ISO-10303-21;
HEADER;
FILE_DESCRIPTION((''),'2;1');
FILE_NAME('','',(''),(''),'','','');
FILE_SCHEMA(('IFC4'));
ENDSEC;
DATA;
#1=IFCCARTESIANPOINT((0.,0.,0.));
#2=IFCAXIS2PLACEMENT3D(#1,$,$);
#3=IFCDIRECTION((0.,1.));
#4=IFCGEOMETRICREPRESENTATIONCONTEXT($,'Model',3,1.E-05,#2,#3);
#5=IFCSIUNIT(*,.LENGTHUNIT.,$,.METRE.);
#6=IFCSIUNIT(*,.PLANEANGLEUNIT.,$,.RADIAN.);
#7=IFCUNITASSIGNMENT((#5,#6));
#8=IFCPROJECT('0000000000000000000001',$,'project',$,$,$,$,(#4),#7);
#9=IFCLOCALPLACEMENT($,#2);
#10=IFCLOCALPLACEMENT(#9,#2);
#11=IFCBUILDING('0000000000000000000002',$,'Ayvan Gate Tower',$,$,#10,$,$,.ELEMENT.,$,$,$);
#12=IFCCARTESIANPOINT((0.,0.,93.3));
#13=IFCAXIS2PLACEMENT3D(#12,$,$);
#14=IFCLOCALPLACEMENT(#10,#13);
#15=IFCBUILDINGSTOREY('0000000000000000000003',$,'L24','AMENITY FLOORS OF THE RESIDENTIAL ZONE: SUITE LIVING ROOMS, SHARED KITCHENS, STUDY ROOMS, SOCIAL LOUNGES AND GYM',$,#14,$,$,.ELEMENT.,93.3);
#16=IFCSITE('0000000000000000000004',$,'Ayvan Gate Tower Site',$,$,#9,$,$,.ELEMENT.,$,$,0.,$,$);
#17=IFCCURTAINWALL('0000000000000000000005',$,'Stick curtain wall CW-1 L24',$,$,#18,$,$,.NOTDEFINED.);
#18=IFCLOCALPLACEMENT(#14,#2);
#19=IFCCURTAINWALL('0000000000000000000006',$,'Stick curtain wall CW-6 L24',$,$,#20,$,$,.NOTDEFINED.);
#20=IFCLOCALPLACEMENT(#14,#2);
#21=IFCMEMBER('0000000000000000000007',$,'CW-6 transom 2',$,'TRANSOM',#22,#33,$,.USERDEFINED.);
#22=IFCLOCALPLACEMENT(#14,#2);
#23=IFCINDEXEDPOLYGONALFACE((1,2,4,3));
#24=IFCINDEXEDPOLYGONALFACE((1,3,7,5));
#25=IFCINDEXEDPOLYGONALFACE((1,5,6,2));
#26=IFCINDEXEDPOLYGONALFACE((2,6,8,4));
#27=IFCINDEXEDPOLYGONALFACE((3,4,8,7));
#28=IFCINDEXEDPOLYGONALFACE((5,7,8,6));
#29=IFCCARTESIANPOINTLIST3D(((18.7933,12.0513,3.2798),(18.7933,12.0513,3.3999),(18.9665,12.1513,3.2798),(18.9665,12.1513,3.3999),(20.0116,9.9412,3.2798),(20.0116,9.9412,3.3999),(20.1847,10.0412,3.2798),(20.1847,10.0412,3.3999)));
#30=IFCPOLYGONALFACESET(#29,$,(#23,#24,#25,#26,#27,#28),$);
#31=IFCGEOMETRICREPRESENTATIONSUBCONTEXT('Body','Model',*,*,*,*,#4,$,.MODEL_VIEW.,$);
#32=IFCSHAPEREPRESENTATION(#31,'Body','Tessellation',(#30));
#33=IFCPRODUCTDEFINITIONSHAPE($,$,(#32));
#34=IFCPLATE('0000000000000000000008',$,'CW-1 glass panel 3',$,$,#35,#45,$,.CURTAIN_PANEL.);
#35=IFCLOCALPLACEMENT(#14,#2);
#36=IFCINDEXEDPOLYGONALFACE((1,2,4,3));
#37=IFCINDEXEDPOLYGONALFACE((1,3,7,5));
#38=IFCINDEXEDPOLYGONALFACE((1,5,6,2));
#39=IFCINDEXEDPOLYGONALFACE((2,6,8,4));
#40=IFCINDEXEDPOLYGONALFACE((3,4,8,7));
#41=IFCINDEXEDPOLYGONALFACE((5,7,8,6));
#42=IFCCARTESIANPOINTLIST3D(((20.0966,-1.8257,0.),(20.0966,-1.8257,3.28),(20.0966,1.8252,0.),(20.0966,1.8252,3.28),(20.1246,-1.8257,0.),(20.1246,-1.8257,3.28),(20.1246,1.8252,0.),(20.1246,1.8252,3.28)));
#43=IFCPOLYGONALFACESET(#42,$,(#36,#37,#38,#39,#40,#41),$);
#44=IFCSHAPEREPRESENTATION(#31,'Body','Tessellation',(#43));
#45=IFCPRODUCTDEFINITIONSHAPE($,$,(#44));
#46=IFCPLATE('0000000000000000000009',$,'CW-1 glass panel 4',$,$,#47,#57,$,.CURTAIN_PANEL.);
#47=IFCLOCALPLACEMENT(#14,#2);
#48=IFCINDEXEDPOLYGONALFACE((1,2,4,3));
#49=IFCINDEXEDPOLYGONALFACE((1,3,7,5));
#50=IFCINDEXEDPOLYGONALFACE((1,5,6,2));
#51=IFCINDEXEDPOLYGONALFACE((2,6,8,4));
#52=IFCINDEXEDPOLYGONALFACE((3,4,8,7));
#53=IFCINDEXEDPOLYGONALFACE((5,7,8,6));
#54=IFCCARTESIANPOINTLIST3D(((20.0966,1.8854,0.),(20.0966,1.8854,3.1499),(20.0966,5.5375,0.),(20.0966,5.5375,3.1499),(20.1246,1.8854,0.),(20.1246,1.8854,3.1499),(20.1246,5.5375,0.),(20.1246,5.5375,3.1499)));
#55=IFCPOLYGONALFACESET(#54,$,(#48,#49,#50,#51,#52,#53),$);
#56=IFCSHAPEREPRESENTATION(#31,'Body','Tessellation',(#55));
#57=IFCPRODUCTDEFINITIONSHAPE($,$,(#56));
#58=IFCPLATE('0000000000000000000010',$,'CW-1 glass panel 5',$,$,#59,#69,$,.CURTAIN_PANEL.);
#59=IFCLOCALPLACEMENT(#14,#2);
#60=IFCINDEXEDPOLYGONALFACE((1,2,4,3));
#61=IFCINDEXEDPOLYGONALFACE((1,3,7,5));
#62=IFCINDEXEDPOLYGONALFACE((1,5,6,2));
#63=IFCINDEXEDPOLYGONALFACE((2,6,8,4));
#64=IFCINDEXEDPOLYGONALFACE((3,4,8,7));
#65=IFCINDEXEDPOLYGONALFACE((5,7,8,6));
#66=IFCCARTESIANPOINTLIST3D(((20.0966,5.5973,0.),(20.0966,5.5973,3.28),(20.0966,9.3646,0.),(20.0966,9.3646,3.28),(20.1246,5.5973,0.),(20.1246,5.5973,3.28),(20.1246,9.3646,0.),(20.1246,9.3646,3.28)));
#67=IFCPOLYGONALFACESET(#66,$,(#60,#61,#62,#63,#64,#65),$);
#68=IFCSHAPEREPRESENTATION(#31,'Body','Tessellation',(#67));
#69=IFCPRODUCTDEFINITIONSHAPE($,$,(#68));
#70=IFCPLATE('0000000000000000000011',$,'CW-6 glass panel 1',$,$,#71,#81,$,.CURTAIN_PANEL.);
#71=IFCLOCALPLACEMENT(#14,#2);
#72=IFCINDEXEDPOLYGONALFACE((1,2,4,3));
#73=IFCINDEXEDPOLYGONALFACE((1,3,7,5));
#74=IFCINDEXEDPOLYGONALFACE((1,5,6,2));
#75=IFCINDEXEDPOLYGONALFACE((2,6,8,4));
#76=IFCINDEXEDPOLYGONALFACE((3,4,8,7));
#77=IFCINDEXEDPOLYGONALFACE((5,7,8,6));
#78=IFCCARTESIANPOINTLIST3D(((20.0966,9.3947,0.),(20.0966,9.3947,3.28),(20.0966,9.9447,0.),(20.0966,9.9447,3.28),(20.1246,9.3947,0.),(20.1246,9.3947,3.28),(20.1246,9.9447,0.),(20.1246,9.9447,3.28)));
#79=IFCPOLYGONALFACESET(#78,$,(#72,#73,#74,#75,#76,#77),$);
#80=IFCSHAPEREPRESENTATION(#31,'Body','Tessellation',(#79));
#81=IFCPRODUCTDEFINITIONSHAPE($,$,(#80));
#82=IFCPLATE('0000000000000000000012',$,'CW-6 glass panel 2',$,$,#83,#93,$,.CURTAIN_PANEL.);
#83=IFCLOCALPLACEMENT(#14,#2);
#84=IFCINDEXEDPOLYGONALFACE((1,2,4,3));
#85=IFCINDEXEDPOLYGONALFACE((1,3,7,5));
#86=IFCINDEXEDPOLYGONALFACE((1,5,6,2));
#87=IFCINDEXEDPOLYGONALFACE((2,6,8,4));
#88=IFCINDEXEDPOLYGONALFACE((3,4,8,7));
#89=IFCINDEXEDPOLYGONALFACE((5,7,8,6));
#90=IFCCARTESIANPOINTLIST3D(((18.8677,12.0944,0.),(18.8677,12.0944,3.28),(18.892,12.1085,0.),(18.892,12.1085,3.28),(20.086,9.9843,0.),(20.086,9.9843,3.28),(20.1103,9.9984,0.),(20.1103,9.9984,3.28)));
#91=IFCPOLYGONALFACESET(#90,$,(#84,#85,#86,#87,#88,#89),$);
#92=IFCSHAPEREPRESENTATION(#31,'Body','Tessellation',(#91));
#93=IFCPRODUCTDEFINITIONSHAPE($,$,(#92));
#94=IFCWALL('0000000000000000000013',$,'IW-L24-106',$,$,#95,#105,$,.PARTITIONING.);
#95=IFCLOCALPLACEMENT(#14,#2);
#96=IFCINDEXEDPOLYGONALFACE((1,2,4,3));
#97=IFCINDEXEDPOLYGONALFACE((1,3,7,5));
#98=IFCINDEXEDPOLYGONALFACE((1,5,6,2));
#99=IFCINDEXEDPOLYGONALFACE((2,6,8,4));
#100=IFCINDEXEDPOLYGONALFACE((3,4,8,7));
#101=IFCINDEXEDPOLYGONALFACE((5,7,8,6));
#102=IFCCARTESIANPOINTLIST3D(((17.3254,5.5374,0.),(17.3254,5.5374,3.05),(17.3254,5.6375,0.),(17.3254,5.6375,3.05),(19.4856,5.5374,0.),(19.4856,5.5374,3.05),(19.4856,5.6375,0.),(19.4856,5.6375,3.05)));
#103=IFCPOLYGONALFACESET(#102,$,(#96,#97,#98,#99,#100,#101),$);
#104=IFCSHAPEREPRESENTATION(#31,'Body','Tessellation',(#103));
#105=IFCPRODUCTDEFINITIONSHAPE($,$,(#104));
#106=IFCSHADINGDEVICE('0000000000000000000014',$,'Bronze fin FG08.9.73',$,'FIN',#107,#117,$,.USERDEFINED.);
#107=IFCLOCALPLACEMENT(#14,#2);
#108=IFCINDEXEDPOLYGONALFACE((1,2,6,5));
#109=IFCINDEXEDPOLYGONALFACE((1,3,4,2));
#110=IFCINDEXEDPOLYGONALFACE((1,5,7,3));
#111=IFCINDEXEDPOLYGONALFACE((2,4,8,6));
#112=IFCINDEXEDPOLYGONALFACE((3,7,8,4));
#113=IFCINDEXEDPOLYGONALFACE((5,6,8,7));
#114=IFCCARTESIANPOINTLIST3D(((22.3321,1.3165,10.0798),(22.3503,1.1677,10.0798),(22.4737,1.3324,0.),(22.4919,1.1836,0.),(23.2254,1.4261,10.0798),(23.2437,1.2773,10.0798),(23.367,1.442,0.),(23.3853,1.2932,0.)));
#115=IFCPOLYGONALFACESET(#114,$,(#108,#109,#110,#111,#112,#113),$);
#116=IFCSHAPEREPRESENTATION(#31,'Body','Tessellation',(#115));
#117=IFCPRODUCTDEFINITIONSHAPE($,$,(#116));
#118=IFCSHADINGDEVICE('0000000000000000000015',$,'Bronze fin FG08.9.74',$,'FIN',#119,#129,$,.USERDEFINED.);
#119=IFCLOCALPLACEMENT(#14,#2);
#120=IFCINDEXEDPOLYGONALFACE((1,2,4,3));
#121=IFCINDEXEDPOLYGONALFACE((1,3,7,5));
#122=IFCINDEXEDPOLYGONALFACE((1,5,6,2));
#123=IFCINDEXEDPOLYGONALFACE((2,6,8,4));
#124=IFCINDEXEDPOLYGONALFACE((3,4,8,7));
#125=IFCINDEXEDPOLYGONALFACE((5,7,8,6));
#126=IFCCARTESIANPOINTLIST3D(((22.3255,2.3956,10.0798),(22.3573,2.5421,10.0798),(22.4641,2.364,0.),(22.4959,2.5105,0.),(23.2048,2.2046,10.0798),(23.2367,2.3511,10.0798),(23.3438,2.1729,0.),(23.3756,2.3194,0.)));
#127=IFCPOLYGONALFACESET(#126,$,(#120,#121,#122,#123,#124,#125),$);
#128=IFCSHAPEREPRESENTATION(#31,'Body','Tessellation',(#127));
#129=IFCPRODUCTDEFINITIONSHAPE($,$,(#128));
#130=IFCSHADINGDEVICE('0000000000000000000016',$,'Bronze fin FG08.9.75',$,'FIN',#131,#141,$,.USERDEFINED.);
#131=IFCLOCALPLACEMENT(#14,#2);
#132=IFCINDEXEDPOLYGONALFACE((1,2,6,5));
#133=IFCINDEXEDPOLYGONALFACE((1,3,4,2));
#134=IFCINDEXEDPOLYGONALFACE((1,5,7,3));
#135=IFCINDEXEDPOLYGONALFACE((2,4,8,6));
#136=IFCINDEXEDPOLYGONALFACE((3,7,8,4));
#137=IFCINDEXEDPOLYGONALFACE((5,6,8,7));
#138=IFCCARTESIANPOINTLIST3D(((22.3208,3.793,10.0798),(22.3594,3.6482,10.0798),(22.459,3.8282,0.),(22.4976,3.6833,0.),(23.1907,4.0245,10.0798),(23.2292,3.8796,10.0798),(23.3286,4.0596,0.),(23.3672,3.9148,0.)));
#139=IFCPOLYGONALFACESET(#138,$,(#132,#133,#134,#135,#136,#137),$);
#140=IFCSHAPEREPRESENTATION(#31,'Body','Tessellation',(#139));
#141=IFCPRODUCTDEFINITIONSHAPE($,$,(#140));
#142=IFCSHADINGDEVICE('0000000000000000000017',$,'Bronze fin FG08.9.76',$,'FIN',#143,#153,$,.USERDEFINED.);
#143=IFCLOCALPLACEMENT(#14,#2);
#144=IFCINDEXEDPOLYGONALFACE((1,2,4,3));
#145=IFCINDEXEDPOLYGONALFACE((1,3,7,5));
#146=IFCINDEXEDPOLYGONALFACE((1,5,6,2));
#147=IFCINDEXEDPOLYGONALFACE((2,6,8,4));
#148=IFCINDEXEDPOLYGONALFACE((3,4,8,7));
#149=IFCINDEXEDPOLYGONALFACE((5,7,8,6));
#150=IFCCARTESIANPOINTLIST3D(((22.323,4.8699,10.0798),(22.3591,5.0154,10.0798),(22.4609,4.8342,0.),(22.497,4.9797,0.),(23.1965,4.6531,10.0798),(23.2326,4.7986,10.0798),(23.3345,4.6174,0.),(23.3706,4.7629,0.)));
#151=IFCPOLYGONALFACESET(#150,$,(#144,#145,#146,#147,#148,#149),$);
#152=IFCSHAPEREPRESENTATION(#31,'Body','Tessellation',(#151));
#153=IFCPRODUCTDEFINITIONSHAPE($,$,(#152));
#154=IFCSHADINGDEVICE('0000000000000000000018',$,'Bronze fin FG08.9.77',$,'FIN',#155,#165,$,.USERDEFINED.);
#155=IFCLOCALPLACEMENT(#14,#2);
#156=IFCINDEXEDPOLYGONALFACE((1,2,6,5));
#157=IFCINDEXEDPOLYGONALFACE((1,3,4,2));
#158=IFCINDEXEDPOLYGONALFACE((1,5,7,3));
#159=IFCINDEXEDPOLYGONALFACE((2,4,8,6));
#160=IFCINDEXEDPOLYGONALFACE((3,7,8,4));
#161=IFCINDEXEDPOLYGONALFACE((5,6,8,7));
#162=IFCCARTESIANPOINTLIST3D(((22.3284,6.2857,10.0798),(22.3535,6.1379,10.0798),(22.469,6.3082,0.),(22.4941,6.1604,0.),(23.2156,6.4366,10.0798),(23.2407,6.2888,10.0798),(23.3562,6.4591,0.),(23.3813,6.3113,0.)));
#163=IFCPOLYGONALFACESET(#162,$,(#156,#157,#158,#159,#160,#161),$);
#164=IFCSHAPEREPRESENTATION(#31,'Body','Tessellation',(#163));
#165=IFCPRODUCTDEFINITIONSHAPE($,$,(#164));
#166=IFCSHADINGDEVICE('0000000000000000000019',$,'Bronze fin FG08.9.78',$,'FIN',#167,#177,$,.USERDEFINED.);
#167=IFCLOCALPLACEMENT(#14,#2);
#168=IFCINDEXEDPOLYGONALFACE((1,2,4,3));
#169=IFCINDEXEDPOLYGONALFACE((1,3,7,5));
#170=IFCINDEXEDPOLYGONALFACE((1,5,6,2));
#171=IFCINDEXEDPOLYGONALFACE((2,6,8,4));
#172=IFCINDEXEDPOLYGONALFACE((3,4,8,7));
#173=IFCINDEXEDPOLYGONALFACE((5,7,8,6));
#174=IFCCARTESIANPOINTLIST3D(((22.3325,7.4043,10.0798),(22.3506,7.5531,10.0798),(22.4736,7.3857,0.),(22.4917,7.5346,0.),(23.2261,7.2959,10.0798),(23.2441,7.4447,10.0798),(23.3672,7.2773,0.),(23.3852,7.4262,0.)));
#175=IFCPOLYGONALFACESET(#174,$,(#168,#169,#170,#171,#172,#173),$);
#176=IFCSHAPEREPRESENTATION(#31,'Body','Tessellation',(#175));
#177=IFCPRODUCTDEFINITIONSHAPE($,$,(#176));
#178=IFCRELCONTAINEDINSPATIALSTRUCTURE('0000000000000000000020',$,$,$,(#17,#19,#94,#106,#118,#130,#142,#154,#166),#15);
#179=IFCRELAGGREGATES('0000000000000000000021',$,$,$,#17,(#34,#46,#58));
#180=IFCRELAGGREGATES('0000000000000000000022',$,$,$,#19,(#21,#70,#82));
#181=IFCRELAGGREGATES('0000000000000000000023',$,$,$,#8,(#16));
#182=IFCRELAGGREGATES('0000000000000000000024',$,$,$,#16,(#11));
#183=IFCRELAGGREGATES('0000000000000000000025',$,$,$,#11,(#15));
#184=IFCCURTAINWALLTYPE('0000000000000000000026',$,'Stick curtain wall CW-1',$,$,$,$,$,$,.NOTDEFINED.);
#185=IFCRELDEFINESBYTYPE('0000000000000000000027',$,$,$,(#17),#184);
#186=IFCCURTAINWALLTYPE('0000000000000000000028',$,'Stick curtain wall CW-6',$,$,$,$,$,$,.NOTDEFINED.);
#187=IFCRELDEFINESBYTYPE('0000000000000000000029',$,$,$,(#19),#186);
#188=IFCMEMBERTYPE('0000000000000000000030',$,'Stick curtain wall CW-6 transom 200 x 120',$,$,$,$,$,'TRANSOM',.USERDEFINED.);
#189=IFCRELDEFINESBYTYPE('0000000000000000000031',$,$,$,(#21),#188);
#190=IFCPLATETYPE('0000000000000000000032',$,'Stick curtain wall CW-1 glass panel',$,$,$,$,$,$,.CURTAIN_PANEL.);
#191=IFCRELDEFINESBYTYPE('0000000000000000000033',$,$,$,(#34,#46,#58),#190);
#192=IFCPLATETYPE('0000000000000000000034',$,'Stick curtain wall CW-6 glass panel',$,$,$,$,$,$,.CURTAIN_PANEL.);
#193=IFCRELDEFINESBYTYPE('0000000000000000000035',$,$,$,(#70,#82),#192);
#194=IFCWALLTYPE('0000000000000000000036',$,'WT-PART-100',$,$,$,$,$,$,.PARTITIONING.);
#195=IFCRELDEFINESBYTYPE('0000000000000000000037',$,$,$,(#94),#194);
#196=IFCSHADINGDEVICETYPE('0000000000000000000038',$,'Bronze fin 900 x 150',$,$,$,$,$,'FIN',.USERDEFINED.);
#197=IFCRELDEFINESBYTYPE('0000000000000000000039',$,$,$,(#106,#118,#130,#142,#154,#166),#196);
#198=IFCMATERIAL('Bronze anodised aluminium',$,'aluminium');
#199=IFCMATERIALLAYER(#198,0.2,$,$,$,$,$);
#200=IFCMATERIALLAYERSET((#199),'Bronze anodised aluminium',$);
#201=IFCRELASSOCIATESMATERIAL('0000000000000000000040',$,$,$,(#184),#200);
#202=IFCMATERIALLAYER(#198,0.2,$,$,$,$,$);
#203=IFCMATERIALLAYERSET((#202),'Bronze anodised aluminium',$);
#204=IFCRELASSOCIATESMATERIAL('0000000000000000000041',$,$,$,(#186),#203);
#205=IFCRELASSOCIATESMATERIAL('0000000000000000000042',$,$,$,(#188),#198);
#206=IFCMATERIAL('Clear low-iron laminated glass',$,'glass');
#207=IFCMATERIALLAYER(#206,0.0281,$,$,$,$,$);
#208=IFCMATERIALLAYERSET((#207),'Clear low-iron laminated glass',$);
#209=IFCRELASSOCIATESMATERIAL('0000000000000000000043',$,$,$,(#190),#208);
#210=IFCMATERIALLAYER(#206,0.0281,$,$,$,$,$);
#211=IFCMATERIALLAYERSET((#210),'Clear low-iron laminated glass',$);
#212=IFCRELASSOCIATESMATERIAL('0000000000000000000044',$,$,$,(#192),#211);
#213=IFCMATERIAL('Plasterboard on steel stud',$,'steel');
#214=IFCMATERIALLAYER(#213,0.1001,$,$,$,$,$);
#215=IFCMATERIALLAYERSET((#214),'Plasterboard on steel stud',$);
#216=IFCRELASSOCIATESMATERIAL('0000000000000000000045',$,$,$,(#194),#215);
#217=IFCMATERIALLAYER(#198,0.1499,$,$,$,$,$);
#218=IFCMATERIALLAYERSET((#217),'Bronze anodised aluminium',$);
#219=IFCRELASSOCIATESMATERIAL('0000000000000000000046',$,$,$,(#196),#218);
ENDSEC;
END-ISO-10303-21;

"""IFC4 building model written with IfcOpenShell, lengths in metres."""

from ifc_helpers import new_model, si_unit, direction, frame, frame_2d, origin, origin_2d, place, context, subcontext, project, spatial, polyline, rectangle, outline, extrude, material, layer, layer_set, material_profile, profile_set, type_object, element, aggregate, save


model = new_model("IFC4")

# Units and contexts
model_context = context("Model", 3, precision=1e-05, world=origin(), true_north=direction((0.0, 1.0)))
body_context = subcontext(model_context, "Body", "Model", "MODEL_VIEW")
ifc_project = project(units=[si_unit("LENGTHUNIT", "METRE"), si_unit("PLANEANGLEUNIT", "RADIAN")], contexts=[model_context])

# Site, building, storey
site_placement = place(None, origin())
site = spatial("IfcSite", under=ifc_project, at=site_placement, Name="Ayvan Gate Tower Site", CompositionType="ELEMENT", RefElevation=0.0)
building_placement = place(site_placement, origin())
building = spatial("IfcBuilding", under=site, at=building_placement, Name="Ayvan Gate Tower", CompositionType="ELEMENT")
storey_placement = place(building_placement, frame((0.0, 0.0, 93.3)))
storey = spatial("IfcBuildingStorey", under=building, at=storey_placement, Name="L24", Description="AMENITY FLOORS OF THE RESIDENTIAL ZONE: SUITE LIVING ROOMS, SHARED KITCHENS, STUDY ROOMS, SOCIAL LOUNGES AND GYM", CompositionType="ELEMENT", Elevation=93.3)

# Curtain walls, member
ifc_material_1 = material(Name="Bronze anodised aluminium", Category="aluminium")
ifc_layer_1 = layer(ifc_material_1, 0.2)
ifc_layer_set_1 = layer_set([ifc_layer_1], Name="Bronze anodised aluminium")
curtain_wall_type_1 = type_object("IfcCurtainWallType", Name="Stick curtain wall CW-1", PredefinedType="NOTDEFINED", material=ifc_layer_set_1)
curtain_wall_1_placement = place(storey_placement, origin())
curtain_wall_1 = element("IfcCurtainWall", 1, at=curtain_wall_1_placement, inside=storey, type_object=curtain_wall_type_1, Name="Stick curtain wall CW-1 L24", PredefinedType="NOTDEFINED")
ifc_layer_2 = layer(ifc_material_1, 0.2)
ifc_layer_set_2 = layer_set([ifc_layer_2], Name="Bronze anodised aluminium")
curtain_wall_type_2 = type_object("IfcCurtainWallType", Name="Stick curtain wall CW-6", PredefinedType="NOTDEFINED", material=ifc_layer_set_2)
curtain_wall_2_placement = place(storey_placement, origin())
curtain_wall_2 = element("IfcCurtainWall", 2, at=curtain_wall_2_placement, inside=storey, type_object=curtain_wall_type_2, Name="Stick curtain wall CW-6 L24", PredefinedType="NOTDEFINED")
ifc_material_profile_1 = material_profile(ifc_material_1, rectangle(XDim=0.2, YDim=0.1201, at=origin_2d()), Name="Stick curtain wall CW-6 transom 200 x 120")
ifc_profile_set_1 = profile_set([ifc_material_profile_1], Name="Bronze anodised aluminium")
member_type_1 = type_object("IfcMemberType", Name="Stick curtain wall CW-6 transom 200 x 120", ElementType="TRANSOM", PredefinedType="USERDEFINED", material=ifc_profile_set_1)
member_1_placement = place(storey_placement, frame((20.0981, 9.9912, 3.3398), z_axis=(-0.499997, 0.866027, 0.0), x_axis=(-0.866027, -0.499997, 0.0)))
member_1 = element("IfcMember", 3, at=member_1_placement, type_object=member_type_1, Name="CW-6 transom 2", ObjectType="TRANSOM", PredefinedType="USERDEFINED", context=body_context, shape_type="SweptSolid", body=[
    extrude(rectangle(XDim=0.2, YDim=0.1201, at=origin_2d()), origin(), (0.0, 0.0, 1.0), 2.4365),
])

# Plates
ifc_material_2 = material(Name="Clear low-iron laminated glass", Category="glass")
ifc_layer_3 = layer(ifc_material_2, 0.0281)
ifc_layer_set_3 = layer_set([ifc_layer_3], Name="Clear low-iron laminated glass")
plate_type_1 = type_object("IfcPlateType", Name="Stick curtain wall CW-1 glass panel", PredefinedType="CURTAIN_PANEL", material=ifc_layer_set_3)
plate_1_placement = place(storey_placement, frame((20.1106, -0.0002, 0.0), z_axis=(0.0, 0.0, 1.0), x_axis=(0.0, 1.0, 0.0)))
plate_1 = element("IfcPlate", 4, at=plate_1_placement, type_object=plate_type_1, Name="CW-1 glass panel 3", PredefinedType="CURTAIN_PANEL", context=body_context, shape_type="SweptSolid", body=[
    extrude(rectangle(XDim=3.6509, YDim=0.0281, at=origin_2d()), origin(), (0.0, 0.0, 1.0), 3.28),
])
plate_2_placement = place(storey_placement, frame((20.1106, 3.7114, 0.0), z_axis=(0.0, 0.0, 1.0), x_axis=(0.0, 1.0, 0.0)))
plate_2 = element("IfcPlate", 5, at=plate_2_placement, type_object=plate_type_1, Name="CW-1 glass panel 4", PredefinedType="CURTAIN_PANEL", context=body_context, shape_type="SweptSolid", body=[
    extrude(rectangle(XDim=3.6521, YDim=0.0281, at=origin_2d()), origin(), (0.0, 0.0, 1.0), 3.1499),
])
plate_3_placement = place(storey_placement, frame((20.1106, 7.481, 0.0), z_axis=(0.0, 0.0, 1.0), x_axis=(0.0, 1.0, 0.0)))
plate_3 = element("IfcPlate", 6, at=plate_3_placement, type_object=plate_type_1, Name="CW-1 glass panel 5", PredefinedType="CURTAIN_PANEL", context=body_context, shape_type="SweptSolid", body=[
    extrude(rectangle(XDim=3.7673, YDim=0.0281, at=origin_2d()), origin(), (0.0, 0.0, 1.0), 3.28),
])
aggregate(curtain_wall_1, [plate_1, plate_2, plate_3])
ifc_layer_4 = layer(ifc_material_2, 0.0281)
ifc_layer_set_4 = layer_set([ifc_layer_4], Name="Clear low-iron laminated glass")
plate_type_2 = type_object("IfcPlateType", Name="Stick curtain wall CW-6 glass panel", PredefinedType="CURTAIN_PANEL", material=ifc_layer_set_4)
plate_4_placement = place(storey_placement, frame((20.1106, 9.6697, 0.0), z_axis=(0.0, 0.0, 1.0), x_axis=(0.0, 1.0, 0.0)))
plate_4 = element("IfcPlate", 7, at=plate_4_placement, type_object=plate_type_2, Name="CW-6 glass panel 1", PredefinedType="CURTAIN_PANEL", context=body_context, shape_type="SweptSolid", body=[
    extrude(rectangle(XDim=0.55, YDim=0.0281, at=origin_2d()), origin(), (0.0, 0.0, 1.0), 3.28),
])
plate_5_placement = place(storey_placement, frame((19.489, 11.0464, 0.0), z_axis=(0.0, 0.0, 1.0), x_axis=(-0.5, 0.866025, 0.0)))
plate_5 = element("IfcPlate", 8, at=plate_5_placement, type_object=plate_type_2, Name="CW-6 glass panel 2", PredefinedType="CURTAIN_PANEL", context=body_context, shape_type="SweptSolid", body=[
    extrude(rectangle(XDim=2.4365, YDim=0.0281, at=origin_2d()), origin(), (0.0, 0.0, 1.0), 3.28),
])
aggregate(curtain_wall_2, [member_1, plate_4, plate_5])

# Wall
ifc_material_3 = material(Name="Plasterboard on steel stud", Category="steel")
ifc_layer_5 = layer(ifc_material_3, 0.1001)
ifc_layer_set_5 = layer_set([ifc_layer_5], Name="Plasterboard on steel stud")
wall_type = type_object("IfcWallType", Name="WT-PART-100", PredefinedType="PARTITIONING", material=ifc_layer_set_5)
wall_placement = place(storey_placement, frame((17.3254, 5.5874, 0.0), z_axis=(0.0, 0.0, 1.0), x_axis=(1.0, 0.0, 0.0)))
element("IfcWall", 9, at=wall_placement, inside=storey, type_object=wall_type, Name="IW-L24-106", PredefinedType="PARTITIONING", context=body_context, shape_type="SweptSolid", body=[
    extrude(rectangle(XDim=2.1602, YDim=0.1001, at=frame_2d((1.0801, 0.0))), origin(), (0.0, 0.0, 1.0), 3.05),
])

# Shading devices
ifc_layer_6 = layer(ifc_material_1, 0.1499)
ifc_layer_set_6 = layer_set([ifc_layer_6], Name="Bronze anodised aluminium")
shading_device_type = type_object("IfcShadingDeviceType", Name="Bronze fin 900 x 150", ElementType="FIN", PredefinedType="USERDEFINED", material=ifc_layer_set_6)
shading_device_1_placement = place(storey_placement, frame((22.4919, 1.1836, 0.0), z_axis=(0.121798, -0.992555, 0.000148), x_axis=(0.992555, 0.121798, 0.0)))
element("IfcShadingDevice", 10, at=shading_device_1_placement, inside=storey, type_object=shading_device_type, Name="Bronze fin FG08.9.73", ObjectType="FIN", PredefinedType="USERDEFINED", context=body_context, shape_type="SweptSolid", body=[
    extrude(outline(polyline([(0.0, 0.0), (0.9, 0.0), (0.7575, 10.0798), (-0.1425, 10.0798), (0.0, 0.0)])), origin(), (0.0, 0.0, -1.0), 0.1499),
])
shading_device_2_placement = place(storey_placement, frame((22.4641, 2.364, 0.0), z_axis=(-0.212261, -0.977213, 0.000142), x_axis=(0.977213, -0.212261, 0.0)))
element("IfcShadingDevice", 11, at=shading_device_2_placement, inside=storey, type_object=shading_device_type, Name="Bronze fin FG08.9.74", ObjectType="FIN", PredefinedType="USERDEFINED", context=body_context, shape_type="SweptSolid", body=[
    extrude(outline(polyline([(0.0, 0.0), (0.9002, 0.0), (0.7577, 10.0798), (-0.1422, 10.0798), (0.0, 0.0)])), origin(), (0.0, 0.0, -1.0), 0.1499),
])
shading_device_3_placement = place(storey_placement, frame((22.4976, 3.6833, 0.0), z_axis=(0.257156, -0.96637, 0.000152), x_axis=(0.96637, 0.257156, 0.0)))
element("IfcShadingDevice", 12, at=shading_device_3_placement, inside=storey, type_object=shading_device_type, Name="Bronze fin FG08.9.75", ObjectType="FIN", PredefinedType="USERDEFINED", context=body_context, shape_type="SweptSolid", body=[
    extrude(outline(polyline([(0.0, 0.0), (0.8999, 0.0), (0.7576, 10.0798), (-0.1426, 10.0798), (0.0, 0.0)])), origin(), (0.0, 0.0, -1.0), 0.1499),
])
shading_device_4_placement = place(storey_placement, frame((22.4609, 4.8342, 0.0), z_axis=(-0.240876, -0.970556, 0.000136), x_axis=(0.970556, -0.240876, 0.0)))
element("IfcShadingDevice", 13, at=shading_device_4_placement, inside=storey, type_object=shading_device_type, Name="Bronze fin FG08.9.76", ObjectType="FIN", PredefinedType="USERDEFINED", context=body_context, shape_type="SweptSolid", body=[
    extrude(outline(polyline([(0.0, 0.0), (0.9, 0.0), (0.7576, 10.0798), (-0.1425, 10.0798), (0.0, 0.0)])), origin(), (0.0, 0.0, -1.0), 0.1499),
])
shading_device_5_placement = place(storey_placement, frame((22.4941, 6.1604, 0.0), z_axis=(0.167653, -0.985846, 0.000142), x_axis=(0.985846, 0.167653, 0.0)))
element("IfcShadingDevice", 14, at=shading_device_5_placement, inside=storey, type_object=shading_device_type, Name="Bronze fin FG08.9.77", ObjectType="FIN", PredefinedType="USERDEFINED", context=body_context, shape_type="SweptSolid", body=[
    extrude(outline(polyline([(0.0, 0.0), (0.8999, 0.0), (0.7575, 10.0798), (-0.1424, 10.0798), (0.0, 0.0)])), origin(), (0.0, 0.0, -1.0), 0.1499),
])
shading_device_6_placement = place(storey_placement, frame((22.4736, 7.3857, 0.0), z_axis=(-0.120429, -0.992722, 0.000141), x_axis=(0.992722, -0.120429, 0.0)))
element("IfcShadingDevice", 15, at=shading_device_6_placement, inside=storey, type_object=shading_device_type, Name="Bronze fin FG08.9.78", ObjectType="FIN", PredefinedType="USERDEFINED", context=body_context, shape_type="SweptSolid", body=[
    extrude(outline(polyline([(0.0, 0.0), (0.9001, 0.0), (0.7578, 10.0798), (-0.1423, 10.0798), (0.0, 0.0)])), origin(), (0.0, 0.0, -1.0), 0.1499),
])

save(model, "model.ifc")
